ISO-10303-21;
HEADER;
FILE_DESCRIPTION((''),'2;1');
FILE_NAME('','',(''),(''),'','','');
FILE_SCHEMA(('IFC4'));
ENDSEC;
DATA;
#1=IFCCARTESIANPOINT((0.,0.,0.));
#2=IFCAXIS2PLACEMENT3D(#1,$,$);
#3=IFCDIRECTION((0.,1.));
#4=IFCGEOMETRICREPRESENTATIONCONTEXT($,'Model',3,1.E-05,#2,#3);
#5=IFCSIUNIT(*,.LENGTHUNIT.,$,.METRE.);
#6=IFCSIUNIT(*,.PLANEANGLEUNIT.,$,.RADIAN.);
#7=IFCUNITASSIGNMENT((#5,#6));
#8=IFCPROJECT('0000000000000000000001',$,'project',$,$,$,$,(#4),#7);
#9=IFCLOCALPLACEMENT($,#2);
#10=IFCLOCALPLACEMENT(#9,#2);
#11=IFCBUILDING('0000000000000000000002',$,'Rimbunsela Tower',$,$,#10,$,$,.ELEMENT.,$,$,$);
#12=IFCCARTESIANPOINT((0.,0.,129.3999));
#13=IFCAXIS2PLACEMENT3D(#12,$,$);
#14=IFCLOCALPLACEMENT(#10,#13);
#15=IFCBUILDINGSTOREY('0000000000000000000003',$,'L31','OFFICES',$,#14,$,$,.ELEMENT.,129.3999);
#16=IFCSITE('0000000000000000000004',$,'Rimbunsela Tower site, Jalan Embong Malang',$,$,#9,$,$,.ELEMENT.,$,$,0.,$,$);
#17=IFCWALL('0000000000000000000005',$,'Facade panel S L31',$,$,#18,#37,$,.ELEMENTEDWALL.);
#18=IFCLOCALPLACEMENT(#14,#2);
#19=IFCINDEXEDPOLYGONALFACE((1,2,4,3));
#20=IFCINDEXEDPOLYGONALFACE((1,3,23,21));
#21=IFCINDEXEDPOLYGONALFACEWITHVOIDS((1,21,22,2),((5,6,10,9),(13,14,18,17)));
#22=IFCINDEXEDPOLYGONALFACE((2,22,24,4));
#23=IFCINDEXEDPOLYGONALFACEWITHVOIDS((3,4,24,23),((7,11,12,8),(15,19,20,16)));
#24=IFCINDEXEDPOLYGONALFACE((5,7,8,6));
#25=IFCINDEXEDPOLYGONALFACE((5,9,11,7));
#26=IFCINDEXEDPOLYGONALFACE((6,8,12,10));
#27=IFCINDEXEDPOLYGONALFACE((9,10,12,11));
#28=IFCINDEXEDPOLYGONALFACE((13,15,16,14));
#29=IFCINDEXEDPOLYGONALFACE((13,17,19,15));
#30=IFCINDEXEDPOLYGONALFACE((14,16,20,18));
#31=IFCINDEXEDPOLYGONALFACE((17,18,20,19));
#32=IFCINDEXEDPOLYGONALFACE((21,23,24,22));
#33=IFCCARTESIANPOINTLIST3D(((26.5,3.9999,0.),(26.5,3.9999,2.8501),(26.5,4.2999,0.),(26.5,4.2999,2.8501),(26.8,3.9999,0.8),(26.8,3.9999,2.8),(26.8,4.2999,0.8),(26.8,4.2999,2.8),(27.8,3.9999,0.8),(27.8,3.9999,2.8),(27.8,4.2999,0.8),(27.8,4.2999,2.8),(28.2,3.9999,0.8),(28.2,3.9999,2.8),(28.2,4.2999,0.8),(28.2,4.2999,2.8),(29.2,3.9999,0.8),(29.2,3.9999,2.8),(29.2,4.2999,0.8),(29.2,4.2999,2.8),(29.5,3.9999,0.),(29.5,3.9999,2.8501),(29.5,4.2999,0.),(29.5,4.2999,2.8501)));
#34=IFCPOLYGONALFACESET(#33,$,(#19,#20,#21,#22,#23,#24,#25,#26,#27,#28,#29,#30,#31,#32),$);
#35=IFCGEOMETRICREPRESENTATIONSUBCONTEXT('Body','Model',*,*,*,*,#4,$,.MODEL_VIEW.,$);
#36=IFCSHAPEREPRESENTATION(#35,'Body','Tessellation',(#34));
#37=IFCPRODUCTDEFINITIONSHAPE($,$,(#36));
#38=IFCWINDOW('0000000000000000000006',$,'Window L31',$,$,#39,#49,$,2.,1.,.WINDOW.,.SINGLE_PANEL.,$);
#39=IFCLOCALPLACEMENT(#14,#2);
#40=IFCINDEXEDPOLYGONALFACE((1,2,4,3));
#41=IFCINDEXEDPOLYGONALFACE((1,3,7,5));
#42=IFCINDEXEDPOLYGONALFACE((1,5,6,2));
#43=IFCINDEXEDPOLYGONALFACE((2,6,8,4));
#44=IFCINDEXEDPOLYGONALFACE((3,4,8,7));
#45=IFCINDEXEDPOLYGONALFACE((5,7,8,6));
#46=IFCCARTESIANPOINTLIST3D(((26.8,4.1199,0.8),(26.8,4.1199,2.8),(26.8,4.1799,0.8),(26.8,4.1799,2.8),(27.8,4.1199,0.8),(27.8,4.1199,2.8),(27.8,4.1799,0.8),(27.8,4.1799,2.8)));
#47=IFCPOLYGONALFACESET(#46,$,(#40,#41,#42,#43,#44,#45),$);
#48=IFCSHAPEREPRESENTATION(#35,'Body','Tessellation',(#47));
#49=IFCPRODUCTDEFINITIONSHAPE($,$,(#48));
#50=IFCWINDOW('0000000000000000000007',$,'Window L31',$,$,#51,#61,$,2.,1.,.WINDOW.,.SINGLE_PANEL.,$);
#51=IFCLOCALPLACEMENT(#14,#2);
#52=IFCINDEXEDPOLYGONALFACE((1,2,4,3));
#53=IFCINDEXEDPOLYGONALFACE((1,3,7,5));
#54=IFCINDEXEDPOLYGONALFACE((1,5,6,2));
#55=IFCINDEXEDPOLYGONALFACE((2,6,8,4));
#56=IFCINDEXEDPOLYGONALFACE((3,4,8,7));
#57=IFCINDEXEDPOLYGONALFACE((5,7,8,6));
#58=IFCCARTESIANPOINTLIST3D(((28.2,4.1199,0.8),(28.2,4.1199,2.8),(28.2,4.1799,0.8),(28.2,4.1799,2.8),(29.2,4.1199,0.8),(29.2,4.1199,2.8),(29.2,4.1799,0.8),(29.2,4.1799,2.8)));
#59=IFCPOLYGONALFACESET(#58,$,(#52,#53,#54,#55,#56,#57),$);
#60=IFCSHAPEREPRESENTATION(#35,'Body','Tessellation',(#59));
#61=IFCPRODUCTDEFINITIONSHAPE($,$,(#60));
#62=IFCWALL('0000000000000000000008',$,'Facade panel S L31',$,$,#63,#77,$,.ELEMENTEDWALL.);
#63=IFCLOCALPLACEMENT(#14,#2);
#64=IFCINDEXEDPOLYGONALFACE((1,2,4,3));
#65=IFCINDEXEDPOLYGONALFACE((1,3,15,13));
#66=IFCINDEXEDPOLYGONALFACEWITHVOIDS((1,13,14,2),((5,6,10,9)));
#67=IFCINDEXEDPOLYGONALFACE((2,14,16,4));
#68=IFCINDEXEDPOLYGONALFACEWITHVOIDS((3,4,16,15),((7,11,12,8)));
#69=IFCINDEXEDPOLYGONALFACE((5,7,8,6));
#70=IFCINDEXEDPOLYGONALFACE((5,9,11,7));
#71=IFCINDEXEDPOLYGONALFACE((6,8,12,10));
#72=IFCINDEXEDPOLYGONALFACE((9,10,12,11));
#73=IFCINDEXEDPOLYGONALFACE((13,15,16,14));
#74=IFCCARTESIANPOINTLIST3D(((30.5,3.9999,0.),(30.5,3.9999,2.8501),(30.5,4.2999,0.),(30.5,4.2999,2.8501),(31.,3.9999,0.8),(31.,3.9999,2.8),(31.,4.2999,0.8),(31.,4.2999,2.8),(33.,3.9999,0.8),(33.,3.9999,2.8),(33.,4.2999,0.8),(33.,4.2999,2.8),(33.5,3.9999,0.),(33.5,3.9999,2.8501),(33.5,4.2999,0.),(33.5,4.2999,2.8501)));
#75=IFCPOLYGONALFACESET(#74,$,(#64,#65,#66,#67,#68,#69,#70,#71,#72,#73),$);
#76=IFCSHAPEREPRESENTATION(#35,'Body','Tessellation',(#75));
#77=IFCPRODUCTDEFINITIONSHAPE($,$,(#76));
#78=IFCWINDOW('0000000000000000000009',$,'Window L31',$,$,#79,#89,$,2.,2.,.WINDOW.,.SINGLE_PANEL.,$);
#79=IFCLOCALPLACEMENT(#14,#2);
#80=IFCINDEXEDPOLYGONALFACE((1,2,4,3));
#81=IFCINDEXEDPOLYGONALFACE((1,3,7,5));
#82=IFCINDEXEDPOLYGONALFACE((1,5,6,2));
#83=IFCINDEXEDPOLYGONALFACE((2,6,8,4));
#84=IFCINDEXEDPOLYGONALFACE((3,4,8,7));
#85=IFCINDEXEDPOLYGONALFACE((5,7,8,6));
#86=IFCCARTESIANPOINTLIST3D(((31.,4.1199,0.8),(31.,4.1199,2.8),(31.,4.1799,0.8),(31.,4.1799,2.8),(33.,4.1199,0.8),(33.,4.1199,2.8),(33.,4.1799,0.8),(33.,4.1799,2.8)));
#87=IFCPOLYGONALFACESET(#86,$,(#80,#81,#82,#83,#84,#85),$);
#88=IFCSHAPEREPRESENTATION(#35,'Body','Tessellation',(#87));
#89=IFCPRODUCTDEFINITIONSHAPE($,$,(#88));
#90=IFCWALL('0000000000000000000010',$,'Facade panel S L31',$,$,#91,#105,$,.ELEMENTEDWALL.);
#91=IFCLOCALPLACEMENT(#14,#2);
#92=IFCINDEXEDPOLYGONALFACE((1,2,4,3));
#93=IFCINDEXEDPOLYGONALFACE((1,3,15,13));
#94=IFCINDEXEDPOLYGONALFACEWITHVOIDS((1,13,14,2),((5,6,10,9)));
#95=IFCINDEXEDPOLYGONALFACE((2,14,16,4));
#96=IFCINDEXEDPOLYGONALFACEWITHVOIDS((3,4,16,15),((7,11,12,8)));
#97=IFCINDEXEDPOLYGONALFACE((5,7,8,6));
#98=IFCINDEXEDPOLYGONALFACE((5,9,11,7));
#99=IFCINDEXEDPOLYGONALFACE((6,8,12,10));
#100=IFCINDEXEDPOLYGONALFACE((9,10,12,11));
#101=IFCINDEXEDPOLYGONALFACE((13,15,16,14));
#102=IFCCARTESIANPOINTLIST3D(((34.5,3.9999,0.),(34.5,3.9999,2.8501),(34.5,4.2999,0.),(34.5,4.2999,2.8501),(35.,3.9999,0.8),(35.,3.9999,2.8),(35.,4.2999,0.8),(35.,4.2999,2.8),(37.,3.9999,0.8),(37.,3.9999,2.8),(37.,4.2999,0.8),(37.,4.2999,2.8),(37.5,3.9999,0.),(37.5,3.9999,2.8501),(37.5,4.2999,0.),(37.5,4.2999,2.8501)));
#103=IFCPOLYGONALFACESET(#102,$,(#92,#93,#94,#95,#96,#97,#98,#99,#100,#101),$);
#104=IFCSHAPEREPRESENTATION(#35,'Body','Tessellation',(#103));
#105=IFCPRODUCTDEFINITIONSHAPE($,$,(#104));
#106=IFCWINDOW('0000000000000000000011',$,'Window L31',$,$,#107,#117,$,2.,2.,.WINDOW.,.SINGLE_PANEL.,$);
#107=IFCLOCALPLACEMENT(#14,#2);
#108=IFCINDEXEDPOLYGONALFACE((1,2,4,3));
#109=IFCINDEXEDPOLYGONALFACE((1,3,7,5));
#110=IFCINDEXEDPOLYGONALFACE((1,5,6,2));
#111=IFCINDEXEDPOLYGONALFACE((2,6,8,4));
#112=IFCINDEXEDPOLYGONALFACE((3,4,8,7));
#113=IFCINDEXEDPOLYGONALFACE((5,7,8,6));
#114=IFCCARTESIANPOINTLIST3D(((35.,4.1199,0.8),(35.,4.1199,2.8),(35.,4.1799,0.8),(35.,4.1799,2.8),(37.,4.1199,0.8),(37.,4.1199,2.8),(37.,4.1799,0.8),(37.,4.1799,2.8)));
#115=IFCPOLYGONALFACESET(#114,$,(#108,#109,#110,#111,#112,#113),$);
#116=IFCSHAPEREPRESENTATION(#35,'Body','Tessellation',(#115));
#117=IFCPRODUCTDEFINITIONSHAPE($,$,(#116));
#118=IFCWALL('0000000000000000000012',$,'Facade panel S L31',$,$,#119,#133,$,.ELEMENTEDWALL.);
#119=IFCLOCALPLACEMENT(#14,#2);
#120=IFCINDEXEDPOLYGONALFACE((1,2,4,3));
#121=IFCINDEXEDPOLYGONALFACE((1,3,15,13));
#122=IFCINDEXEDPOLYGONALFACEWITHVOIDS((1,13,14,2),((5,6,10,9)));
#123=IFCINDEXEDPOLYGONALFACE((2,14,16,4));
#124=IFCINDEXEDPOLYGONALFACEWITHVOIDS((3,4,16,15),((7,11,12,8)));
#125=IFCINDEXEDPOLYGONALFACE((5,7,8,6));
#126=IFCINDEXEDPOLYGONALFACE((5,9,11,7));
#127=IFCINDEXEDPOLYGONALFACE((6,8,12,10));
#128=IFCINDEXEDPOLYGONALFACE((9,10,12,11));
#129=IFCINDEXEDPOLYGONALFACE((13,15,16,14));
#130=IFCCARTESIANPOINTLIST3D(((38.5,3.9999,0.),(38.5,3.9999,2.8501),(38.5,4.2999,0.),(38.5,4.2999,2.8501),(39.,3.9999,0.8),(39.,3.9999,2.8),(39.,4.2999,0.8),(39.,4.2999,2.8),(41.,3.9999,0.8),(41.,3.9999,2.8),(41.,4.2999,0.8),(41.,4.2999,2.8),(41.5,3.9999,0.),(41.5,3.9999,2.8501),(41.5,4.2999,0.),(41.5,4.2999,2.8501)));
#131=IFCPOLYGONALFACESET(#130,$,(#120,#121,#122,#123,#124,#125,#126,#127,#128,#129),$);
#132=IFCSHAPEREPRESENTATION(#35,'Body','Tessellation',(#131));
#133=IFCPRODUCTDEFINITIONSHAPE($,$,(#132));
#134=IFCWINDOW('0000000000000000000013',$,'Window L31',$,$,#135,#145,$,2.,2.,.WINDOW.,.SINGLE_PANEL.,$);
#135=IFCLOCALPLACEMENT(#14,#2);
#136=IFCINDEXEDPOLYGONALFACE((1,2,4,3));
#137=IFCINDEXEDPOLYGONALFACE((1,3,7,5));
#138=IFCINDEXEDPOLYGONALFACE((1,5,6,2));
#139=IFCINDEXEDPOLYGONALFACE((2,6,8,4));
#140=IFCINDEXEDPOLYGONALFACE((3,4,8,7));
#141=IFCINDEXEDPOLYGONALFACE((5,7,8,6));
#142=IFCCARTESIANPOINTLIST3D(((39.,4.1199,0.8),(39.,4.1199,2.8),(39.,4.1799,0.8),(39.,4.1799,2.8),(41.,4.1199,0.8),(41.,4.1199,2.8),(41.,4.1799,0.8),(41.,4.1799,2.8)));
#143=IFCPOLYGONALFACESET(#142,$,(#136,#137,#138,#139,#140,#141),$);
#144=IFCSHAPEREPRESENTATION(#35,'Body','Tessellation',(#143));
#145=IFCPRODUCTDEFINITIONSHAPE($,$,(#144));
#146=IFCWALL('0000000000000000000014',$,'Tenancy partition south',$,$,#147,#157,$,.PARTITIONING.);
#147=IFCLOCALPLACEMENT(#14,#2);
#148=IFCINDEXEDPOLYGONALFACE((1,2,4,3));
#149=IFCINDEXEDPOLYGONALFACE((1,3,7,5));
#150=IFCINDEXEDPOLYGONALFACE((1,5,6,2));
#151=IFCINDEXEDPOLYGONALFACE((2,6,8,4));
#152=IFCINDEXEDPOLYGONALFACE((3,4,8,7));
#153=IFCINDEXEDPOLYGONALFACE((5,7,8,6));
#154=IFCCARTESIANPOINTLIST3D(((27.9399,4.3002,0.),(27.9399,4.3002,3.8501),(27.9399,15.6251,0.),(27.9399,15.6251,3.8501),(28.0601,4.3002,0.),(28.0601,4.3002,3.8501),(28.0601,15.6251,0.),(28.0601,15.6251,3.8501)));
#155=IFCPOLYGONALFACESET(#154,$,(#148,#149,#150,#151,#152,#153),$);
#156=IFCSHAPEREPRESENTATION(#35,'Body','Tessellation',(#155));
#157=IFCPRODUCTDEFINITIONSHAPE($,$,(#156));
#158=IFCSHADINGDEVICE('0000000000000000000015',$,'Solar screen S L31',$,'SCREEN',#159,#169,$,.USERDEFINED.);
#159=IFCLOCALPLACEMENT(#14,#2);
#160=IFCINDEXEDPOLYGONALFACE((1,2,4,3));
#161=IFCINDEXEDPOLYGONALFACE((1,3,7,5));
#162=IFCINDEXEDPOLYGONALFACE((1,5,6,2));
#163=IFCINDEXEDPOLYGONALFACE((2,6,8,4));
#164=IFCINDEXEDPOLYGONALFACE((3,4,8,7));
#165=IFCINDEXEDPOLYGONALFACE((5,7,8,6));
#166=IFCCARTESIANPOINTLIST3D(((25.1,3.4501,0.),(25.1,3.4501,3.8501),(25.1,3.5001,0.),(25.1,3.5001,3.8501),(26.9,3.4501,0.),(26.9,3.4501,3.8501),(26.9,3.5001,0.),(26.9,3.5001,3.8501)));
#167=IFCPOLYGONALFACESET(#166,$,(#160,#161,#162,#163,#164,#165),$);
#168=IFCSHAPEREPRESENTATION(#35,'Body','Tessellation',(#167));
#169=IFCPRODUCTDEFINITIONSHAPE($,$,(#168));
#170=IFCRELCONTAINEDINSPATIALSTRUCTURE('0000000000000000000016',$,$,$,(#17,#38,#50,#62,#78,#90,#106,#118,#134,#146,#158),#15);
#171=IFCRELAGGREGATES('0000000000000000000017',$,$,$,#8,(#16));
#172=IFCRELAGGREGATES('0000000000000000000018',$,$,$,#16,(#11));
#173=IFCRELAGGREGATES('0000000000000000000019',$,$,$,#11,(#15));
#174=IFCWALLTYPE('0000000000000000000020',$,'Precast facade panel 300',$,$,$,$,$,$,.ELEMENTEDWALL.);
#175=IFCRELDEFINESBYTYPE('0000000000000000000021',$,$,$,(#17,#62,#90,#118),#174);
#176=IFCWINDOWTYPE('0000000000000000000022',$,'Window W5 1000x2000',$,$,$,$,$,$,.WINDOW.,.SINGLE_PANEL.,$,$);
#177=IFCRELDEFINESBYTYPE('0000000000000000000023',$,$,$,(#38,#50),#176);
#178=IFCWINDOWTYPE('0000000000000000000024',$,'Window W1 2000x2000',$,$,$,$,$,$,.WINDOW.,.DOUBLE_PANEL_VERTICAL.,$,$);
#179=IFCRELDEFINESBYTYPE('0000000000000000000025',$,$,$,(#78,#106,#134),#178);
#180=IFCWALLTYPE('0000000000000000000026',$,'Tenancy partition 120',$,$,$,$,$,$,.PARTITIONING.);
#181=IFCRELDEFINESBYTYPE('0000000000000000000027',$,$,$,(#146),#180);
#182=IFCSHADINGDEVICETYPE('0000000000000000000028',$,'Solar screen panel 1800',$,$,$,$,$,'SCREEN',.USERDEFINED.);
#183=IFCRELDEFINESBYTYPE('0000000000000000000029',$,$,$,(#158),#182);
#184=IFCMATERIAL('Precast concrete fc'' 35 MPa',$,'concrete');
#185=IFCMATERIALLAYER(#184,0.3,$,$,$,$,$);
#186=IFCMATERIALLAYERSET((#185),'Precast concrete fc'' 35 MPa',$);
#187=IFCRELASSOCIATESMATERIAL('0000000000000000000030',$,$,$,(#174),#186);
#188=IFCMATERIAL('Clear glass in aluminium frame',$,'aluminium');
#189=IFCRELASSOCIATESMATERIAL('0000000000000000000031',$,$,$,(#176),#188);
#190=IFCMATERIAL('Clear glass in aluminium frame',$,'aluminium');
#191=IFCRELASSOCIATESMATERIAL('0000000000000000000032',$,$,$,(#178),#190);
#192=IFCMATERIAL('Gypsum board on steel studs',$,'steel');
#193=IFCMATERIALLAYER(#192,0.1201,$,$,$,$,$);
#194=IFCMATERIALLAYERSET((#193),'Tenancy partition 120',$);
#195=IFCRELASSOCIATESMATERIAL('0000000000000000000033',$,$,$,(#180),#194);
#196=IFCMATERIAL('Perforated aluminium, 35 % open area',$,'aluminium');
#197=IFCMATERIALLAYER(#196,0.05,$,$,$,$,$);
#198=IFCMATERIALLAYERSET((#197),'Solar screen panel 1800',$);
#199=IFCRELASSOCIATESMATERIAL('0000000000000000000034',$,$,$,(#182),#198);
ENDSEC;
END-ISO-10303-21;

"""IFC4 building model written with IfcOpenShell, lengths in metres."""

from ifc_helpers import new_model, si_unit, direction, frame, frame_2d, origin, origin_2d, place, context, subcontext, project, spatial, rectangle, extrude, material, layer, layer_set, type_object, element, fill, save


model = new_model("IFC4")

# Units and contexts
model_context = context("Model", 3, precision=1e-05, world=origin(), true_north=direction((0.0, 1.0)))
body_context = subcontext(model_context, "Body", "Model", "MODEL_VIEW")
ifc_project = project(units=[si_unit("LENGTHUNIT", "METRE"), si_unit("PLANEANGLEUNIT", "RADIAN")], contexts=[model_context])

# Site, building, storey
site_placement = place(None, origin())
site = spatial("IfcSite", under=ifc_project, at=site_placement, Name="Rimbunsela Tower site, Jalan Embong Malang", CompositionType="ELEMENT", RefElevation=0.0)
building_placement = place(site_placement, origin())
building = spatial("IfcBuilding", under=site, at=building_placement, Name="Rimbunsela Tower", CompositionType="ELEMENT")
storey_placement = place(building_placement, frame((0.0, 0.0, 129.3999)))
storey = spatial("IfcBuildingStorey", under=building, at=storey_placement, Name="L31", Description="OFFICES", CompositionType="ELEMENT", Elevation=129.3999)

# Wall, openings, windows
ifc_material_1 = material(Name="Precast concrete fc' 35 MPa", Category="concrete")
ifc_layer_1 = layer(ifc_material_1, 0.3)
ifc_layer_set_1 = layer_set([ifc_layer_1], Name="Precast concrete fc' 35 MPa")
wall_type_1 = type_object("IfcWallType", Name="Precast facade panel 300", PredefinedType="ELEMENTEDWALL", material=ifc_layer_set_1)
wall_1_placement = place(storey_placement, frame((26.5, 4.1499, 0.0), z_axis=(0.0, 0.0, 1.0), x_axis=(1.0, 0.0, 0.0)))
wall_1 = element("IfcWall", 1, at=wall_1_placement, inside=storey, type_object=wall_type_1, Name="Facade panel S L31", PredefinedType="ELEMENTEDWALL", context=body_context, shape_type="SweptSolid", body=[
    extrude(rectangle(XDim=3.0, YDim=0.3, at=frame_2d((1.5, 0.0))), origin(), (0.0, 0.0, 1.0), 2.8501),
])
opening_1_placement = place(wall_1_placement, frame((0.3, 0.0, 0.8)))
opening_1 = element("IfcOpeningElement", 2, at=opening_1_placement, cuts=wall_1, PredefinedType="OPENING", context=body_context, shape_type="SweptSolid", body=[
    extrude(rectangle(XDim=1.0, YDim=2.0, at=frame_2d((0.5, 1.0))), frame((0.0, 0.1599, 0.0), z_axis=(0.0, -1.0, 0.0), x_axis=(1.0, 0.0, 0.0)), (0.0, 0.0, 1.0), 0.3201),
])
opening_2_placement = place(wall_1_placement, frame((1.7, 0.0, 0.8)))
opening_2 = element("IfcOpeningElement", 3, at=opening_2_placement, cuts=wall_1, PredefinedType="OPENING", context=body_context, shape_type="SweptSolid", body=[
    extrude(rectangle(XDim=1.0, YDim=2.0, at=frame_2d((0.5, 1.0))), frame((0.0, 0.1599, 0.0), z_axis=(0.0, -1.0, 0.0), x_axis=(1.0, 0.0, 0.0)), (0.0, 0.0, 1.0), 0.3201),
])
ifc_material_2 = material(Name="Clear glass in aluminium frame", Category="aluminium")
window_type_1 = type_object("IfcWindowType", Name="Window W5 1000x2000", PartitioningType="SINGLE_PANEL", PredefinedType="WINDOW", material=ifc_material_2)
window_1_placement = place(opening_1_placement, origin())
window_1 = element("IfcWindow", 4, at=window_1_placement, inside=storey, type_object=window_type_1, Name="Window L31", OverallHeight=2.0, OverallWidth=1.0, PartitioningType="SINGLE_PANEL", PredefinedType="WINDOW", context=body_context, shape_type="SweptSolid", body=[
    extrude(rectangle(XDim=1.0, YDim=2.0, at=frame_2d((0.5, 1.0))), frame((0.0, 0.03, 0.0), z_axis=(0.0, -1.0, 0.0), x_axis=(1.0, 0.0, 0.0)), (0.0, 0.0, 1.0), 0.0601),
])
fill(opening_1, window_1)
window_2_placement = place(opening_2_placement, origin())
window_2 = element("IfcWindow", 5, at=window_2_placement, inside=storey, type_object=window_type_1, Name="Window L31", OverallHeight=2.0, OverallWidth=1.0, PartitioningType="SINGLE_PANEL", PredefinedType="WINDOW", context=body_context, shape_type="SweptSolid", body=[
    extrude(rectangle(XDim=1.0, YDim=2.0, at=frame_2d((0.5, 1.0))), frame((0.0, 0.03, 0.0), z_axis=(0.0, -1.0, 0.0), x_axis=(1.0, 0.0, 0.0)), (0.0, 0.0, 1.0), 0.0601),
])
fill(opening_2, window_2)

# Walls, openings, windows
wall_2_placement = place(storey_placement, frame((30.5, 4.1499, 0.0), z_axis=(0.0, 0.0, 1.0), x_axis=(1.0, 0.0, 0.0)))
wall_2 = element("IfcWall", 6, at=wall_2_placement, inside=storey, type_object=wall_type_1, Name="Facade panel S L31", PredefinedType="ELEMENTEDWALL", context=body_context, shape_type="SweptSolid", body=[
    extrude(rectangle(XDim=3.0, YDim=0.3, at=frame_2d((1.5, 0.0))), origin(), (0.0, 0.0, 1.0), 2.8501),
])
opening_3_placement = place(wall_2_placement, frame((0.5, 0.0, 0.8)))
opening_3 = element("IfcOpeningElement", 7, at=opening_3_placement, cuts=wall_2, PredefinedType="OPENING", context=body_context, shape_type="SweptSolid", body=[
    extrude(rectangle(XDim=2.0, YDim=2.0, at=frame_2d((1.0, 1.0))), frame((0.0, 0.1599, 0.0), z_axis=(0.0, -1.0, 0.0), x_axis=(1.0, 0.0, 0.0)), (0.0, 0.0, 1.0), 0.3201),
])
ifc_material_3 = material(Name="Clear glass in aluminium frame", Category="aluminium")
window_type_2 = type_object("IfcWindowType", Name="Window W1 2000x2000", PartitioningType="DOUBLE_PANEL_VERTICAL", PredefinedType="WINDOW", material=ifc_material_3)
window_3_placement = place(opening_3_placement, origin())
window_3 = element("IfcWindow", 8, at=window_3_placement, inside=storey, type_object=window_type_2, Name="Window L31", OverallHeight=2.0, OverallWidth=2.0, PartitioningType="SINGLE_PANEL", PredefinedType="WINDOW", context=body_context, shape_type="SweptSolid", body=[
    extrude(rectangle(XDim=2.0, YDim=2.0, at=frame_2d((1.0, 1.0))), frame((0.0, 0.03, 0.0), z_axis=(0.0, -1.0, 0.0), x_axis=(1.0, 0.0, 0.0)), (0.0, 0.0, 1.0), 0.0601),
])
fill(opening_3, window_3)
wall_3_placement = place(storey_placement, frame((34.5, 4.1499, 0.0), z_axis=(0.0, 0.0, 1.0), x_axis=(1.0, 0.0, 0.0)))
wall_3 = element("IfcWall", 9, at=wall_3_placement, inside=storey, type_object=wall_type_1, Name="Facade panel S L31", PredefinedType="ELEMENTEDWALL", context=body_context, shape_type="SweptSolid", body=[
    extrude(rectangle(XDim=3.0, YDim=0.3, at=frame_2d((1.5, 0.0))), origin(), (0.0, 0.0, 1.0), 2.8501),
])
opening_4_placement = place(wall_3_placement, frame((0.5, 0.0, 0.8)))
opening_4 = element("IfcOpeningElement", 10, at=opening_4_placement, cuts=wall_3, PredefinedType="OPENING", context=body_context, shape_type="SweptSolid", body=[
    extrude(rectangle(XDim=2.0, YDim=2.0, at=frame_2d((1.0, 1.0))), frame((0.0, 0.1599, 0.0), z_axis=(0.0, -1.0, 0.0), x_axis=(1.0, 0.0, 0.0)), (0.0, 0.0, 1.0), 0.3201),
])
window_4_placement = place(opening_4_placement, origin())
window_4 = element("IfcWindow", 11, at=window_4_placement, inside=storey, type_object=window_type_2, Name="Window L31", OverallHeight=2.0, OverallWidth=2.0, PartitioningType="SINGLE_PANEL", PredefinedType="WINDOW", context=body_context, shape_type="SweptSolid", body=[
    extrude(rectangle(XDim=2.0, YDim=2.0, at=frame_2d((1.0, 1.0))), frame((0.0, 0.03, 0.0), z_axis=(0.0, -1.0, 0.0), x_axis=(1.0, 0.0, 0.0)), (0.0, 0.0, 1.0), 0.0601),
])
fill(opening_4, window_4)
wall_4_placement = place(storey_placement, frame((38.5, 4.1499, 0.0), z_axis=(0.0, 0.0, 1.0), x_axis=(1.0, 0.0, 0.0)))
wall_4 = element("IfcWall", 12, at=wall_4_placement, inside=storey, type_object=wall_type_1, Name="Facade panel S L31", PredefinedType="ELEMENTEDWALL", context=body_context, shape_type="SweptSolid", body=[
    extrude(rectangle(XDim=3.0, YDim=0.3, at=frame_2d((1.5, 0.0))), origin(), (0.0, 0.0, 1.0), 2.8501),
])
opening_5_placement = place(wall_4_placement, frame((0.5, 0.0, 0.8)))
opening_5 = element("IfcOpeningElement", 13, at=opening_5_placement, cuts=wall_4, PredefinedType="OPENING", context=body_context, shape_type="SweptSolid", body=[
    extrude(rectangle(XDim=2.0, YDim=2.0, at=frame_2d((1.0, 1.0))), frame((0.0, 0.1599, 0.0), z_axis=(0.0, -1.0, 0.0), x_axis=(1.0, 0.0, 0.0)), (0.0, 0.0, 1.0), 0.3201),
])
window_5_placement = place(opening_5_placement, origin())
window_5 = element("IfcWindow", 14, at=window_5_placement, inside=storey, type_object=window_type_2, Name="Window L31", OverallHeight=2.0, OverallWidth=2.0, PartitioningType="SINGLE_PANEL", PredefinedType="WINDOW", context=body_context, shape_type="SweptSolid", body=[
    extrude(rectangle(XDim=2.0, YDim=2.0, at=frame_2d((1.0, 1.0))), frame((0.0, 0.03, 0.0), z_axis=(0.0, -1.0, 0.0), x_axis=(1.0, 0.0, 0.0)), (0.0, 0.0, 1.0), 0.0601),
])
fill(opening_5, window_5)

# Wall
ifc_material_4 = material(Name="Gypsum board on steel studs", Category="steel")
ifc_layer_2 = layer(ifc_material_4, 0.1201)
ifc_layer_set_2 = layer_set([ifc_layer_2], Name="Tenancy partition 120")
wall_type_2 = type_object("IfcWallType", Name="Tenancy partition 120", PredefinedType="PARTITIONING", material=ifc_layer_set_2)
wall_5_placement = place(storey_placement, frame((28.0, 4.3, 0.0), z_axis=(0.0, 0.0, 1.0), x_axis=(0.0, 1.0, 0.0)))
element("IfcWall", 15, at=wall_5_placement, inside=storey, type_object=wall_type_2, Name="Tenancy partition south", PredefinedType="PARTITIONING", context=body_context, shape_type="SweptSolid", body=[
    extrude(rectangle(XDim=11.325, YDim=0.1201, at=frame_2d((5.6626, 0.0))), origin(), (0.0, 0.0, 1.0), 3.8501),
])

# Shading device
ifc_material_5 = material(Name="Perforated aluminium, 35 % open area", Category="aluminium")
ifc_layer_3 = layer(ifc_material_5, 0.05)
ifc_layer_set_3 = layer_set([ifc_layer_3], Name="Solar screen panel 1800")
shading_device_type = type_object("IfcShadingDeviceType", Name="Solar screen panel 1800", ElementType="SCREEN", PredefinedType="USERDEFINED", material=ifc_layer_set_3)
for number, where, z_axis, x_axis, name in (
    (16, (26.0, 3.4751, 0.0), (0.0, 0.0, 1.0), (1.0, 0.0, 0.0), "Solar screen S L31"),
):
    element("IfcShadingDevice", number, at=place(storey_placement, frame(where, z_axis=z_axis, x_axis=x_axis)), inside=storey, type_object=shading_device_type, Name=name, ObjectType="SCREEN", PredefinedType="USERDEFINED", context=body_context, shape_type="SweptSolid", body=[
        extrude(rectangle(XDim=1.8, YDim=0.05, at=origin_2d()), origin(), (0.0, 0.0, 1.0), 3.8501),
    ])

save(model, "model.ifc")
